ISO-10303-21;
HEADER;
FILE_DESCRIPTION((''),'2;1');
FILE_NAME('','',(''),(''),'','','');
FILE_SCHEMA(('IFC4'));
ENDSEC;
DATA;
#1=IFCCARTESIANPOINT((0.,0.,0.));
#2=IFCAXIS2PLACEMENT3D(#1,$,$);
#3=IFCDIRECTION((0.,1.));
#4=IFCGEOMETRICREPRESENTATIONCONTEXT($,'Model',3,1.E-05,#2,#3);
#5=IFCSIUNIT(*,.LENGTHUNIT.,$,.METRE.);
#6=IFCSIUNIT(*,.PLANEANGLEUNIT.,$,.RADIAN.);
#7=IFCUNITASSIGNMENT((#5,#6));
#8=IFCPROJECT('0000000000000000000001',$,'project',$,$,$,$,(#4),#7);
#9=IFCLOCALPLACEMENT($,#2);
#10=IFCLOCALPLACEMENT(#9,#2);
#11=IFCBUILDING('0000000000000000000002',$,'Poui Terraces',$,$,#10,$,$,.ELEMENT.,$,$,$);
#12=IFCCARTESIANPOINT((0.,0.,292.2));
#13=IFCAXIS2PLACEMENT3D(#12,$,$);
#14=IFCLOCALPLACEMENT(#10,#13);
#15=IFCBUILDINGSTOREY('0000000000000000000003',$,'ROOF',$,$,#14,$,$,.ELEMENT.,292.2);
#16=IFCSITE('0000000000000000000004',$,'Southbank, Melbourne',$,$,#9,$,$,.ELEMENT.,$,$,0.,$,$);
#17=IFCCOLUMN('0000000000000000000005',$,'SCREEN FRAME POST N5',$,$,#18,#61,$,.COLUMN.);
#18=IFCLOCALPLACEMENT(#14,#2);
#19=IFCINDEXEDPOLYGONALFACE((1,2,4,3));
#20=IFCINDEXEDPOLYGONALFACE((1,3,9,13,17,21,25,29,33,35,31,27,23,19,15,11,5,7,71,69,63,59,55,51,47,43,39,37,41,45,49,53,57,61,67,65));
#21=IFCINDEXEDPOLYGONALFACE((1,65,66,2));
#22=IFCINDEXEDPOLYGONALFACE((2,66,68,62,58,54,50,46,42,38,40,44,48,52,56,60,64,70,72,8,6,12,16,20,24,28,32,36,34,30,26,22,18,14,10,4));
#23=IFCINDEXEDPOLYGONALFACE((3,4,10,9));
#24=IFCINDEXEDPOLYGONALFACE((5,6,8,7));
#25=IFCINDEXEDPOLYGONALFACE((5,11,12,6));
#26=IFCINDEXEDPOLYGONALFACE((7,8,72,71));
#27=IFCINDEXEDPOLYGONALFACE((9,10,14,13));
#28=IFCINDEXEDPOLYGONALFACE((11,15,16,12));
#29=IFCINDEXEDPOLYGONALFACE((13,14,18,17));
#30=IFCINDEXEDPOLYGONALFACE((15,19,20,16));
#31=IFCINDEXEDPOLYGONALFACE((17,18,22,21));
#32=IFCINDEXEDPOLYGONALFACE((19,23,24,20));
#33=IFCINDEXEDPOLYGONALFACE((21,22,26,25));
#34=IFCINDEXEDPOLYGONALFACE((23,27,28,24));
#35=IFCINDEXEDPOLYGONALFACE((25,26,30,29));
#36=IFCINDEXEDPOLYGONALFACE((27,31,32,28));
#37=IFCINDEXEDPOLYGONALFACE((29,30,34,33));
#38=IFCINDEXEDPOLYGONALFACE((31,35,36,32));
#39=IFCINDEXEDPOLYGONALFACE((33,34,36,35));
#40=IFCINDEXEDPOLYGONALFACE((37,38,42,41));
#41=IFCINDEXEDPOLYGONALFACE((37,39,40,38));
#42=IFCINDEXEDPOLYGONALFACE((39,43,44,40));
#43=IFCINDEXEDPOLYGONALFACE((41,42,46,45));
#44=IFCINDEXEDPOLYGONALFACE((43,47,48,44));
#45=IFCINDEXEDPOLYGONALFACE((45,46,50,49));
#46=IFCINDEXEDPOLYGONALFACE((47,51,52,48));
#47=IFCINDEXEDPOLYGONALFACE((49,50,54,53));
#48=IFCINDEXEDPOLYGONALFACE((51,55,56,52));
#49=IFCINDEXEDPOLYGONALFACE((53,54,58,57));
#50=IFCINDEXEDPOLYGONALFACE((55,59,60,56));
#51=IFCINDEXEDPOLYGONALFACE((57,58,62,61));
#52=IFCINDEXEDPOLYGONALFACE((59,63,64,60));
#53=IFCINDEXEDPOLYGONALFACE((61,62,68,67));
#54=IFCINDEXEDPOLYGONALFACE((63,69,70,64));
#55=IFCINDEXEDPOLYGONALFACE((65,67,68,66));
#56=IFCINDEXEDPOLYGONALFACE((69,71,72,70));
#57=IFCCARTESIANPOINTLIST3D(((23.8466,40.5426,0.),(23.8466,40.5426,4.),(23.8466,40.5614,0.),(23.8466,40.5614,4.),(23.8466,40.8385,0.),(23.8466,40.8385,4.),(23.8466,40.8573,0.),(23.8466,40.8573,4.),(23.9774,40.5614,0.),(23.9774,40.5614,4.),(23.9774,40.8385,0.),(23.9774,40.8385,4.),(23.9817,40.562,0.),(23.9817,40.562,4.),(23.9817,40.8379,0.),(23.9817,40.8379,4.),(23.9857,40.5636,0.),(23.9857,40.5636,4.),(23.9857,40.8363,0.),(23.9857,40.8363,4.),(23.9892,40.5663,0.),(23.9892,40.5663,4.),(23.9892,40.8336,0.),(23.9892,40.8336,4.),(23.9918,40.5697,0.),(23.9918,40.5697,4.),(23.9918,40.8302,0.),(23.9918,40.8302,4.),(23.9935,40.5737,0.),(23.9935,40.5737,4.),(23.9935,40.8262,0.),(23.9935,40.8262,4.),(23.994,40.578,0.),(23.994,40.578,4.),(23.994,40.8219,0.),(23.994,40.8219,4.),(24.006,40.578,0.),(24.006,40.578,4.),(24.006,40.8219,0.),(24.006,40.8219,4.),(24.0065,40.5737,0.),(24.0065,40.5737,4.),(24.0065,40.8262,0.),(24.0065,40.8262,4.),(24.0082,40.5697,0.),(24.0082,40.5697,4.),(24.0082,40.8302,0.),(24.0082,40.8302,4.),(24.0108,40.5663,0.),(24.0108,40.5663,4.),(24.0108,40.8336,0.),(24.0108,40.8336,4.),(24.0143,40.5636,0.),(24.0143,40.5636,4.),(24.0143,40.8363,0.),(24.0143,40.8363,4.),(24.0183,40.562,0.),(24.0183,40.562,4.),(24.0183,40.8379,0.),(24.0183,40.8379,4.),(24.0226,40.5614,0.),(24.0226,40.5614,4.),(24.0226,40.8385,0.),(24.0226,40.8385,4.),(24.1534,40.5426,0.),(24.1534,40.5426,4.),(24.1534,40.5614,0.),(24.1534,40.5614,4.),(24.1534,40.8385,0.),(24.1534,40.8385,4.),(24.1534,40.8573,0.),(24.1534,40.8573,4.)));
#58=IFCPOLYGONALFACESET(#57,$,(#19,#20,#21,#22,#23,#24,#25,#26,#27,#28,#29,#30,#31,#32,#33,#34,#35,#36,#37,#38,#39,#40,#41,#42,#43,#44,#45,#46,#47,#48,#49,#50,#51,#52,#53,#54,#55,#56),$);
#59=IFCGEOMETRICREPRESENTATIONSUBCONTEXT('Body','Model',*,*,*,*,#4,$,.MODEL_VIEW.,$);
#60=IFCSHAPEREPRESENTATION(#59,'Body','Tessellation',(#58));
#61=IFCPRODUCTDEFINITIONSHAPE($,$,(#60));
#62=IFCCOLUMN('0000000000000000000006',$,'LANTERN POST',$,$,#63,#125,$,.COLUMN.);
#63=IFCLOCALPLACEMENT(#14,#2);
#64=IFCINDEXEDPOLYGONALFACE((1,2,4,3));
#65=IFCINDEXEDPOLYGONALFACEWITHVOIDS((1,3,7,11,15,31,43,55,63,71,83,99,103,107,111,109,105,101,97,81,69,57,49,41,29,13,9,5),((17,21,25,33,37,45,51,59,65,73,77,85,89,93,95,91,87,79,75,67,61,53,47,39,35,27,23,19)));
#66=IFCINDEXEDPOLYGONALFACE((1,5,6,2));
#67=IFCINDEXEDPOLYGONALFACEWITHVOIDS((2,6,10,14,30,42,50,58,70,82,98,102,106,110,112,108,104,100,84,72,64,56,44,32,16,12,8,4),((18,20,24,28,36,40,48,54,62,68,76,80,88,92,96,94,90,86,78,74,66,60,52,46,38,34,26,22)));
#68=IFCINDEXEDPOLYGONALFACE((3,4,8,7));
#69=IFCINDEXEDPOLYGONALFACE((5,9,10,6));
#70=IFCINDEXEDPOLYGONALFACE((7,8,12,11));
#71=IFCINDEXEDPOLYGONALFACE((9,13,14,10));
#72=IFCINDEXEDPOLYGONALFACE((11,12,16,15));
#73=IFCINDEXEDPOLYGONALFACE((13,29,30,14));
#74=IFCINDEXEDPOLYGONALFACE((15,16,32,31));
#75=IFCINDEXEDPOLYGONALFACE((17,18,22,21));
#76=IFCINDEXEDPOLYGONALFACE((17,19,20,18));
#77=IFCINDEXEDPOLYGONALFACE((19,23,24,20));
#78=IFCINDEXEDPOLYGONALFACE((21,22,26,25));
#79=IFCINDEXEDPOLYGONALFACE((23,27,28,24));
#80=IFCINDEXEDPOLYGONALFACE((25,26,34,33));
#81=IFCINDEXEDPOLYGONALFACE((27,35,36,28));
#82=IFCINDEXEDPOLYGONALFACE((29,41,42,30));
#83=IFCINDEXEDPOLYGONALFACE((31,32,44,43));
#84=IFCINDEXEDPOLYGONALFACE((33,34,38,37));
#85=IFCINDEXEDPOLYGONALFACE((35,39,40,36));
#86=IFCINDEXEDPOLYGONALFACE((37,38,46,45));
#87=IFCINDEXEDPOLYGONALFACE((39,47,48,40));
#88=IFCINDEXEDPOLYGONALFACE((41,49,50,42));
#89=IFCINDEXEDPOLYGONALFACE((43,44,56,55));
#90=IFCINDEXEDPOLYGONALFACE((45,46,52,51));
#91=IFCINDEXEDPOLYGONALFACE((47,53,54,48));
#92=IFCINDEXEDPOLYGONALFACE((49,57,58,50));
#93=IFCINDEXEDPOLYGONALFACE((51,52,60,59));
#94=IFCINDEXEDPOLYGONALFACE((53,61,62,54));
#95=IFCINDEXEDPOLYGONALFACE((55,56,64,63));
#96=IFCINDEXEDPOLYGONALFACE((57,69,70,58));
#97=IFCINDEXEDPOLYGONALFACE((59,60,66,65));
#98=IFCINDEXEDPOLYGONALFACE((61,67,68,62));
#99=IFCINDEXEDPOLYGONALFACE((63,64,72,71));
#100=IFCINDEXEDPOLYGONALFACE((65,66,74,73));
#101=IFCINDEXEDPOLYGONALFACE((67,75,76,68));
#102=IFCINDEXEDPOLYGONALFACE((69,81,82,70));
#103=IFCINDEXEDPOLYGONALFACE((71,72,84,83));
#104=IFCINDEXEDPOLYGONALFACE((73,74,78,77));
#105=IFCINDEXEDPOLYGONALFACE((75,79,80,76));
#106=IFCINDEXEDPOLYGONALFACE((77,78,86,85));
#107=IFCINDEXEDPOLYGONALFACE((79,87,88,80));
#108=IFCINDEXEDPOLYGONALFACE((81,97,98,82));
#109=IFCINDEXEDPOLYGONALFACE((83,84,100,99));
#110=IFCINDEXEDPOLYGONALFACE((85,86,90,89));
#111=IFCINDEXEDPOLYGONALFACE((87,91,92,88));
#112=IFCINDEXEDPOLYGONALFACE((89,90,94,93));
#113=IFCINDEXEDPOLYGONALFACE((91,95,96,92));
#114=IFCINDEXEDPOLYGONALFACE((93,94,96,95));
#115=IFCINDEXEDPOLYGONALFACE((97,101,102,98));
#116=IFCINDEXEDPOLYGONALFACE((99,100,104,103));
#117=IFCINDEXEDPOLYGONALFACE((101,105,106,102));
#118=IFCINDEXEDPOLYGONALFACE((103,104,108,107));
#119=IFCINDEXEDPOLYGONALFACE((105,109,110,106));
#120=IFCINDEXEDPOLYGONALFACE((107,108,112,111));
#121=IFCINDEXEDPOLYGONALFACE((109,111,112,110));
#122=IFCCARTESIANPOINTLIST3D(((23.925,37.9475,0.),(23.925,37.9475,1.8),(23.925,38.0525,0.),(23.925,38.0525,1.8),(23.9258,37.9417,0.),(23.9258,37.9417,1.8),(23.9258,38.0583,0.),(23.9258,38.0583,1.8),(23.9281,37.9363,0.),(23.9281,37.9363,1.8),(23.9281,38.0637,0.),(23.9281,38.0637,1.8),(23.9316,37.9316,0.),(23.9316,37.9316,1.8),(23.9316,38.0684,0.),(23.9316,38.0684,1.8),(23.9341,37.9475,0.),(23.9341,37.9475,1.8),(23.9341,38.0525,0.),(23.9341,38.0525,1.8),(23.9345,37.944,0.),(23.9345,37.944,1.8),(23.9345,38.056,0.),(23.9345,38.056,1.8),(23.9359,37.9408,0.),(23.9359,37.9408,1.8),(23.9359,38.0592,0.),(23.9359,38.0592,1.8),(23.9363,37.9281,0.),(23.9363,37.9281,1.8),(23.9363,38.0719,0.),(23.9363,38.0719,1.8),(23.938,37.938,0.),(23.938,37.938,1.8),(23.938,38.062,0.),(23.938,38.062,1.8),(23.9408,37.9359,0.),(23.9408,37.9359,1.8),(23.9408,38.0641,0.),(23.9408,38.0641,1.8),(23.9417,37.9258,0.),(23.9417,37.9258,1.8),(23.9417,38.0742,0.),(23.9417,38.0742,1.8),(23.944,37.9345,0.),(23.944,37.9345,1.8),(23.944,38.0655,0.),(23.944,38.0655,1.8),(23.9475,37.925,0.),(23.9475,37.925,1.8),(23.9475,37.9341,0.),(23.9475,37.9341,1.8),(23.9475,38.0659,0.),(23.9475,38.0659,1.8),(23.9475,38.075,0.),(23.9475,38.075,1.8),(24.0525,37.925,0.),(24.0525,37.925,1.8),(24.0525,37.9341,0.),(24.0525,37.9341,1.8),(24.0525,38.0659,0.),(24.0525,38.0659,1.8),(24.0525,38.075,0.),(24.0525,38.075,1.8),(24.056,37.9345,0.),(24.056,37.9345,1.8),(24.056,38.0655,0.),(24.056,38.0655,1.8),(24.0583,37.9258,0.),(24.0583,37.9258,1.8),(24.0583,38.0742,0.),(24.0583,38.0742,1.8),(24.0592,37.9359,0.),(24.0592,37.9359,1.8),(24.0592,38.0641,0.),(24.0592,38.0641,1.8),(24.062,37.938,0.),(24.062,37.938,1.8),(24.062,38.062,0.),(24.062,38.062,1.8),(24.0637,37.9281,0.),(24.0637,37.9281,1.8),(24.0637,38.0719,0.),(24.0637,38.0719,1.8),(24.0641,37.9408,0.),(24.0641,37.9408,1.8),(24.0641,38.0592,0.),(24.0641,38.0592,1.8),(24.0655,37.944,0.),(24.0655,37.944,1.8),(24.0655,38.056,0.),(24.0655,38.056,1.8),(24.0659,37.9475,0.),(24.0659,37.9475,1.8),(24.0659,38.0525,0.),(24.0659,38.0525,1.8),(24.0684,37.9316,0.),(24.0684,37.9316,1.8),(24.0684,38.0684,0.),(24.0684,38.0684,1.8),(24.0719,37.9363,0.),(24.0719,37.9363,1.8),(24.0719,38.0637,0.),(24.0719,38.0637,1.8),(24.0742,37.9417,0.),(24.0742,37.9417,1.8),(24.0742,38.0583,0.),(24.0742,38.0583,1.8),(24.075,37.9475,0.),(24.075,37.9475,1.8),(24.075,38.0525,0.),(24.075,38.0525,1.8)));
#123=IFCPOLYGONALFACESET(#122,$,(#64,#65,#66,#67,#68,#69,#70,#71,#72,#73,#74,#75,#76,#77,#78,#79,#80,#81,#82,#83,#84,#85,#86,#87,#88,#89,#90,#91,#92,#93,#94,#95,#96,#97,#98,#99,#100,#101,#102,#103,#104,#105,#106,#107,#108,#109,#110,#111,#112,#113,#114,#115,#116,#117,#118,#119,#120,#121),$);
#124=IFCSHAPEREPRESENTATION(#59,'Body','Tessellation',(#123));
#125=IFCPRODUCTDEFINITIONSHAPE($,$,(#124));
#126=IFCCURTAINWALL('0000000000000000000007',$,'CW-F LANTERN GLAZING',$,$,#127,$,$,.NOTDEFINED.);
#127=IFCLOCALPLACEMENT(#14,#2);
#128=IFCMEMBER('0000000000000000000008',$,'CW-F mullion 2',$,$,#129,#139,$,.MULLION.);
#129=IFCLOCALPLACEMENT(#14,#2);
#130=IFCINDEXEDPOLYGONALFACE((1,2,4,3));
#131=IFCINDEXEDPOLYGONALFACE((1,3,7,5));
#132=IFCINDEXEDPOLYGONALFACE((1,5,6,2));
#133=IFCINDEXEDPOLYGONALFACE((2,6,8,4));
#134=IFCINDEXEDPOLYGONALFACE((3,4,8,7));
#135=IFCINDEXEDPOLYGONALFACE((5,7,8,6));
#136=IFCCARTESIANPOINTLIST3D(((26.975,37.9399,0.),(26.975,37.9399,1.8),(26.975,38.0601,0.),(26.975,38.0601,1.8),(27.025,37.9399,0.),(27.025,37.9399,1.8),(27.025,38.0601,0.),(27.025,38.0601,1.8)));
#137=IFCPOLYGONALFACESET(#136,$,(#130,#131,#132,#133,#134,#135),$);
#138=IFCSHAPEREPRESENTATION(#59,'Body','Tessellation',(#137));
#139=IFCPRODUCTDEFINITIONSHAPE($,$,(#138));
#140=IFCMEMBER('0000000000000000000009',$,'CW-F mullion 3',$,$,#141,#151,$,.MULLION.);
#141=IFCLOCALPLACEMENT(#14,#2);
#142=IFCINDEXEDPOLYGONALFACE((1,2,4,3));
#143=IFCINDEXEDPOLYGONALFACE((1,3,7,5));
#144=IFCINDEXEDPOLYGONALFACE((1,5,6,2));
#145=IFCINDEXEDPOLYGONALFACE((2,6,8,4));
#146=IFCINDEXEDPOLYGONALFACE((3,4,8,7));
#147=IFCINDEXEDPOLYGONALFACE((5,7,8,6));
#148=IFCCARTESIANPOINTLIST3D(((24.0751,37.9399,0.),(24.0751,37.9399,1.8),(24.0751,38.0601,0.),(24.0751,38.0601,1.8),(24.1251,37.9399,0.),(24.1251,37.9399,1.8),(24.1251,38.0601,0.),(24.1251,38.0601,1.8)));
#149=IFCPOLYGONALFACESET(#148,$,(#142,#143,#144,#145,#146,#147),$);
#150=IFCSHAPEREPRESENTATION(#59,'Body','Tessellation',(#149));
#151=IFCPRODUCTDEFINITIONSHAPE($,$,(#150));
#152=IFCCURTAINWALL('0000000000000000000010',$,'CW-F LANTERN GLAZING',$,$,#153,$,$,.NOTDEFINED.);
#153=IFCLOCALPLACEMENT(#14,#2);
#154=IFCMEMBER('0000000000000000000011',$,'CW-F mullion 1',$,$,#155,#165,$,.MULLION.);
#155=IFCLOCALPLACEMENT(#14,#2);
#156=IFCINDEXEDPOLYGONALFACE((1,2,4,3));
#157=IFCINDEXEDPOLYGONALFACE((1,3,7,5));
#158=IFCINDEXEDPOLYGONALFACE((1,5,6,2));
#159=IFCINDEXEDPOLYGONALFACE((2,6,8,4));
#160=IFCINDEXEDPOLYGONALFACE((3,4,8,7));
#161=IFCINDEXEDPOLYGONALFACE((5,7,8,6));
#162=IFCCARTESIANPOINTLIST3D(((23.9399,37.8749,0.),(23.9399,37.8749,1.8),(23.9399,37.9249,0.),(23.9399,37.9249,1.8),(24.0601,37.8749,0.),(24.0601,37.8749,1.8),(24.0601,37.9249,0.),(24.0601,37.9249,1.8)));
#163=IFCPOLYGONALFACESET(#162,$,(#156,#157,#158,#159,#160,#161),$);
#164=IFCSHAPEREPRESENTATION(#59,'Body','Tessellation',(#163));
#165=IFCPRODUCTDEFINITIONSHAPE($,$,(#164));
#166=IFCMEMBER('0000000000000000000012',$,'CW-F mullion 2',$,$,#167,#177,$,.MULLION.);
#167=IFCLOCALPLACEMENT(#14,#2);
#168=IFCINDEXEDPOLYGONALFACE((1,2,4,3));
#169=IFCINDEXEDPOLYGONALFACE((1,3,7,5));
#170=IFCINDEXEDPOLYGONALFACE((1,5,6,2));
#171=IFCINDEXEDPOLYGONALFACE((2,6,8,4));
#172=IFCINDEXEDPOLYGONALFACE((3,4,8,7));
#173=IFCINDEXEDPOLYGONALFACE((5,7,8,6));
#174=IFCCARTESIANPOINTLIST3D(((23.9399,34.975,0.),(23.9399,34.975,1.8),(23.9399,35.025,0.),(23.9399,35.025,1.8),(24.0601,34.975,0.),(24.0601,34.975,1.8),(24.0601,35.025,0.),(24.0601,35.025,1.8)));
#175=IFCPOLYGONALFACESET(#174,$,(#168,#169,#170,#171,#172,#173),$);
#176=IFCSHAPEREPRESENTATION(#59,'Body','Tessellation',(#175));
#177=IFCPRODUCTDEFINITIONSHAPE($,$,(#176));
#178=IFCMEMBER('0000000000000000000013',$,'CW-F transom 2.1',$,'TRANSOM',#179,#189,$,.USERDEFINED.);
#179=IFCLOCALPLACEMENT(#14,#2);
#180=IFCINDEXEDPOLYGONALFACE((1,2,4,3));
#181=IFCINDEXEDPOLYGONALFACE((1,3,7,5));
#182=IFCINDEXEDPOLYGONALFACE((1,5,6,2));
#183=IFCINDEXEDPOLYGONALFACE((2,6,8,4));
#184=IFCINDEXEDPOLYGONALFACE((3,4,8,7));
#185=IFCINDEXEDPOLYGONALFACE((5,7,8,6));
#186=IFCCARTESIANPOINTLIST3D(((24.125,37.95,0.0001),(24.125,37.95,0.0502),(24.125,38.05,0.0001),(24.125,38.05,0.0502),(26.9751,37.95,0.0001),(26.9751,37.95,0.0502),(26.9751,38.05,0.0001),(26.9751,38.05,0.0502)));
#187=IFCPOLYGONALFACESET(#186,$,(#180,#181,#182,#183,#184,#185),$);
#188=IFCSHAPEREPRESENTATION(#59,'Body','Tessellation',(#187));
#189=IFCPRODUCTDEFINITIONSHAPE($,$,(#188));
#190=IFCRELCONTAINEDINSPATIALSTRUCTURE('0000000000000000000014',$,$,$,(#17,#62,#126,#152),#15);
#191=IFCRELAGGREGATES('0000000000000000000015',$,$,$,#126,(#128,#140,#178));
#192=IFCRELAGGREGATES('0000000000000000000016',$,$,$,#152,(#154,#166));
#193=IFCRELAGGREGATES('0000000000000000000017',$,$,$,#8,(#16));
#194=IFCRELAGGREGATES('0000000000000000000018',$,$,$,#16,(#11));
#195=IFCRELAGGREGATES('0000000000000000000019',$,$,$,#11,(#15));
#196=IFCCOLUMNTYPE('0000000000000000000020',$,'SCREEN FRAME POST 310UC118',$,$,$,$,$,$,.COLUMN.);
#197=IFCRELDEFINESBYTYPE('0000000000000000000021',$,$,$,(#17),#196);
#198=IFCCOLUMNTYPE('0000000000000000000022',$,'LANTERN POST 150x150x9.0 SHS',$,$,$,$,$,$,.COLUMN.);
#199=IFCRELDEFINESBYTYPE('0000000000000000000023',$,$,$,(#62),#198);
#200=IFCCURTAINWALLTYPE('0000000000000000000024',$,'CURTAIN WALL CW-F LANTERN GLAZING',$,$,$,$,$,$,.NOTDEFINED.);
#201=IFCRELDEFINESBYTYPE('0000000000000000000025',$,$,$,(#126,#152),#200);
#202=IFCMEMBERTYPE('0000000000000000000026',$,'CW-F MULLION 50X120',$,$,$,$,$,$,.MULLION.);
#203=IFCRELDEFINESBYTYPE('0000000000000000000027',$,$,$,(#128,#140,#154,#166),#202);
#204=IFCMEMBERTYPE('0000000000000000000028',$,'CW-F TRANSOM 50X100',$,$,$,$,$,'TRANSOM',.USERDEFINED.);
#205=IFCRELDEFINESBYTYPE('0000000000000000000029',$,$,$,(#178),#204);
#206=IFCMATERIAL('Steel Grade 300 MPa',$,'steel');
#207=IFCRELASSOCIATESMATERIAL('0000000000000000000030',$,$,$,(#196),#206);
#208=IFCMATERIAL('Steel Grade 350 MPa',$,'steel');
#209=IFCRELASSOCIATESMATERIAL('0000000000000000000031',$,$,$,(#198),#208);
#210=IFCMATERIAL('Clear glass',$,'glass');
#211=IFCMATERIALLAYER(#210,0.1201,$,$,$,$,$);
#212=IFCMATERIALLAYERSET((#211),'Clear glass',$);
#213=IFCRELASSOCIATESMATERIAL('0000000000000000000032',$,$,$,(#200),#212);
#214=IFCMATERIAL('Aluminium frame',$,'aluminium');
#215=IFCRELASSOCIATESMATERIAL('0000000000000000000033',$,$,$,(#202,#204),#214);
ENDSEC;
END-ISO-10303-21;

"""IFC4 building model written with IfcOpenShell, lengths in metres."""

from ifc_helpers import new_model, si_unit, direction, frame, origin, origin_2d, place, context, subcontext, project, spatial, rectangle, hollow_rectangle, i_section, extrude, source, transform, mapped, material, layer, layer_set, material_profile, profile_set, type_object, element, aggregate, save


model = new_model("IFC4")

# Units and contexts
model_context = context("Model", 3, precision=1e-05, world=origin(), true_north=direction((0.0, 1.0)))
body_context = subcontext(model_context, "Body", "Model", "MODEL_VIEW")
ifc_project = project(units=[si_unit("LENGTHUNIT", "METRE"), si_unit("PLANEANGLEUNIT", "RADIAN")], contexts=[model_context])

# Site, building, storey
site_placement = place(None, origin())
site = spatial("IfcSite", under=ifc_project, at=site_placement, Name="Southbank, Melbourne", CompositionType="ELEMENT", RefElevation=0.0)
building_placement = place(site_placement, origin())
building = spatial("IfcBuilding", under=site, at=building_placement, Name="Poui Terraces", CompositionType="ELEMENT")
storey_placement = place(building_placement, frame((0.0, 0.0, 292.2)))
storey = spatial("IfcBuildingStorey", under=building, at=storey_placement, Name="ROOF", CompositionType="ELEMENT", Elevation=292.2)

# Columns
ifc_material_1 = material(Name="Steel Grade 300 MPa", Category="steel")
ifc_material_profile_1 = material_profile(ifc_material_1, i_section(OverallWidth=0.3069, OverallDepth=0.3147, WebThickness=0.012, FlangeThickness=0.0188, FilletRadius=0.0166, at=origin_2d()), Name="310UC118")
ifc_profile_set_1 = profile_set([ifc_material_profile_1], Name="Steel Grade 300 MPa")
column_type_1 = type_object("IfcColumnType", Name="SCREEN FRAME POST 310UC118", PredefinedType="COLUMN", material=ifc_profile_set_1)
shared_shape_1 = source(origin(), body_context, "Body", "SweptSolid", [
    extrude(i_section(OverallWidth=0.3069, OverallDepth=0.3147, WebThickness=0.012, FlangeThickness=0.0188, FilletRadius=0.0166, at=origin_2d()), origin(), (0.0, 0.0, 1.0), 4.0),
])
column_1_placement = place(storey_placement, frame((24.0, 40.7, 0.0), z_axis=(0.0, 0.0, 1.0), x_axis=(1.0, 0.0, 0.0)))
element("IfcColumn", 1, at=column_1_placement, inside=storey, type_object=column_type_1, Name="SCREEN FRAME POST N5", PredefinedType="COLUMN", context=body_context, shape_type="MappedRepresentation", body=[
    mapped(shared_shape_1, transform((0.0, 0.0, 0.0))),
])
ifc_material_2 = material(Name="Steel Grade 350 MPa", Category="steel")
ifc_material_profile_2 = material_profile(ifc_material_2, hollow_rectangle(XDim=0.1499, YDim=0.1499, WallThickness=0.009, InnerFilletRadius=0.0134, OuterFilletRadius=0.0225, at=origin_2d()), Name="150x150x9.0 SHS")
ifc_profile_set_2 = profile_set([ifc_material_profile_2], Name="Steel Grade 350 MPa")
column_type_2 = type_object("IfcColumnType", Name="LANTERN POST 150x150x9.0 SHS", PredefinedType="COLUMN", material=ifc_profile_set_2)
shared_shape_2 = source(origin(), body_context, "Body", "SweptSolid", [
    extrude(hollow_rectangle(XDim=0.1499, YDim=0.1499, WallThickness=0.009, InnerFilletRadius=0.0134, OuterFilletRadius=0.0225, at=origin_2d()), origin(), (0.0, 0.0, 1.0), 1.8),
])
column_2_placement = place(storey_placement, frame((24.0, 38.0, 0.0), z_axis=(0.0, 0.0, 1.0), x_axis=(1.0, 0.0, 0.0)))
element("IfcColumn", 2, at=column_2_placement, inside=storey, type_object=column_type_2, Name="LANTERN POST", PredefinedType="COLUMN", context=body_context, shape_type="MappedRepresentation", body=[
    mapped(shared_shape_2, transform((0.0, 0.0, 0.0))),
])

# Curtain walls, members
ifc_material_3 = material(Name="Clear glass", Category="glass")
ifc_layer_1 = layer(ifc_material_3, 0.1201)
ifc_layer_set_1 = layer_set([ifc_layer_1], Name="Clear glass")
curtain_wall_type = type_object("IfcCurtainWallType", Name="CURTAIN WALL CW-F LANTERN GLAZING", PredefinedType="NOTDEFINED", material=ifc_layer_set_1)
curtain_wall_1_placement = place(storey_placement, origin())
curtain_wall_1 = element("IfcCurtainWall", 3, at=curtain_wall_1_placement, inside=storey, type_object=curtain_wall_type, Name="CW-F LANTERN GLAZING", PredefinedType="NOTDEFINED")
ifc_material_4 = material(Name="Aluminium frame", Category="aluminium")
ifc_material_profile_3 = material_profile(ifc_material_4, rectangle(XDim=0.1201, YDim=0.05, at=origin_2d()), Name="CW-F MULLION 50X120")
ifc_profile_set_3 = profile_set([ifc_material_profile_3], Name="Aluminium frame")
member_type_1 = type_object("IfcMemberType", Name="CW-F MULLION 50X120", PredefinedType="MULLION", material=ifc_profile_set_3)
member_1_placement = place(storey_placement, frame((27.0, 38.0, 0.0), z_axis=(0.0, 0.0, 1.0), x_axis=(0.0, -1.0, 0.0)))
member_1 = element("IfcMember", 4, at=member_1_placement, type_object=member_type_1, Name="CW-F mullion 2", PredefinedType="MULLION", context=body_context, shape_type="SweptSolid", body=[
    extrude(rectangle(XDim=0.1201, YDim=0.05, at=origin_2d()), origin(), (0.0, 0.0, 1.0), 1.8),
])
member_2_placement = place(storey_placement, frame((24.1001, 38.0, 0.0), z_axis=(0.0, 0.0, 1.0), x_axis=(0.0, -1.0, 0.0)))
member_2 = element("IfcMember", 5, at=member_2_placement, type_object=member_type_1, Name="CW-F mullion 3", PredefinedType="MULLION", context=body_context, shape_type="SweptSolid", body=[
    extrude(rectangle(XDim=0.1201, YDim=0.05, at=origin_2d()), origin(), (0.0, 0.0, 1.0), 1.8),
])
curtain_wall_2_placement = place(storey_placement, origin())
curtain_wall_2 = element("IfcCurtainWall", 6, at=curtain_wall_2_placement, inside=storey, type_object=curtain_wall_type, Name="CW-F LANTERN GLAZING", PredefinedType="NOTDEFINED")
member_3_placement = place(storey_placement, frame((24.0, 37.8999, 0.0), z_axis=(0.0, 0.0, 1.0), x_axis=(1.0, 0.0, 0.0)))
member_3 = element("IfcMember", 7, at=member_3_placement, type_object=member_type_1, Name="CW-F mullion 1", PredefinedType="MULLION", context=body_context, shape_type="SweptSolid", body=[
    extrude(rectangle(XDim=0.1201, YDim=0.05, at=origin_2d()), origin(), (0.0, 0.0, 1.0), 1.8),
])
member_4_placement = place(storey_placement, frame((24.0, 35.0, 0.0), z_axis=(0.0, 0.0, 1.0), x_axis=(1.0, 0.0, 0.0)))
member_4 = element("IfcMember", 8, at=member_4_placement, type_object=member_type_1, Name="CW-F mullion 2", PredefinedType="MULLION", context=body_context, shape_type="SweptSolid", body=[
    extrude(rectangle(XDim=0.1201, YDim=0.05, at=origin_2d()), origin(), (0.0, 0.0, 1.0), 1.8),
])

# Member
ifc_material_profile_4 = material_profile(ifc_material_4, rectangle(XDim=0.1001, YDim=0.05, at=origin_2d()), Name="CW-F TRANSOM 50X100")
ifc_profile_set_4 = profile_set([ifc_material_profile_4], Name="Aluminium frame")
member_type_2 = type_object("IfcMemberType", Name="CW-F TRANSOM 50X100", ElementType="TRANSOM", PredefinedType="USERDEFINED", material=ifc_profile_set_4)
member_5_placement = place(storey_placement, frame((26.9751, 38.0, 0.0251), z_axis=(-1.0, 0.0, 0.0), x_axis=(0.0, -1.0, 0.0)))
member_5 = element("IfcMember", 9, at=member_5_placement, type_object=member_type_2, Name="CW-F transom 2.1", ObjectType="TRANSOM", PredefinedType="USERDEFINED", context=body_context, shape_type="SweptSolid", body=[
    extrude(rectangle(XDim=0.1001, YDim=0.05, at=origin_2d()), origin(), (0.0, 0.0, 1.0), 2.8501),
])

aggregate(curtain_wall_1, [member_1, member_2, member_5])
aggregate(curtain_wall_2, [member_3, member_4])

save(model, "model.ifc")
